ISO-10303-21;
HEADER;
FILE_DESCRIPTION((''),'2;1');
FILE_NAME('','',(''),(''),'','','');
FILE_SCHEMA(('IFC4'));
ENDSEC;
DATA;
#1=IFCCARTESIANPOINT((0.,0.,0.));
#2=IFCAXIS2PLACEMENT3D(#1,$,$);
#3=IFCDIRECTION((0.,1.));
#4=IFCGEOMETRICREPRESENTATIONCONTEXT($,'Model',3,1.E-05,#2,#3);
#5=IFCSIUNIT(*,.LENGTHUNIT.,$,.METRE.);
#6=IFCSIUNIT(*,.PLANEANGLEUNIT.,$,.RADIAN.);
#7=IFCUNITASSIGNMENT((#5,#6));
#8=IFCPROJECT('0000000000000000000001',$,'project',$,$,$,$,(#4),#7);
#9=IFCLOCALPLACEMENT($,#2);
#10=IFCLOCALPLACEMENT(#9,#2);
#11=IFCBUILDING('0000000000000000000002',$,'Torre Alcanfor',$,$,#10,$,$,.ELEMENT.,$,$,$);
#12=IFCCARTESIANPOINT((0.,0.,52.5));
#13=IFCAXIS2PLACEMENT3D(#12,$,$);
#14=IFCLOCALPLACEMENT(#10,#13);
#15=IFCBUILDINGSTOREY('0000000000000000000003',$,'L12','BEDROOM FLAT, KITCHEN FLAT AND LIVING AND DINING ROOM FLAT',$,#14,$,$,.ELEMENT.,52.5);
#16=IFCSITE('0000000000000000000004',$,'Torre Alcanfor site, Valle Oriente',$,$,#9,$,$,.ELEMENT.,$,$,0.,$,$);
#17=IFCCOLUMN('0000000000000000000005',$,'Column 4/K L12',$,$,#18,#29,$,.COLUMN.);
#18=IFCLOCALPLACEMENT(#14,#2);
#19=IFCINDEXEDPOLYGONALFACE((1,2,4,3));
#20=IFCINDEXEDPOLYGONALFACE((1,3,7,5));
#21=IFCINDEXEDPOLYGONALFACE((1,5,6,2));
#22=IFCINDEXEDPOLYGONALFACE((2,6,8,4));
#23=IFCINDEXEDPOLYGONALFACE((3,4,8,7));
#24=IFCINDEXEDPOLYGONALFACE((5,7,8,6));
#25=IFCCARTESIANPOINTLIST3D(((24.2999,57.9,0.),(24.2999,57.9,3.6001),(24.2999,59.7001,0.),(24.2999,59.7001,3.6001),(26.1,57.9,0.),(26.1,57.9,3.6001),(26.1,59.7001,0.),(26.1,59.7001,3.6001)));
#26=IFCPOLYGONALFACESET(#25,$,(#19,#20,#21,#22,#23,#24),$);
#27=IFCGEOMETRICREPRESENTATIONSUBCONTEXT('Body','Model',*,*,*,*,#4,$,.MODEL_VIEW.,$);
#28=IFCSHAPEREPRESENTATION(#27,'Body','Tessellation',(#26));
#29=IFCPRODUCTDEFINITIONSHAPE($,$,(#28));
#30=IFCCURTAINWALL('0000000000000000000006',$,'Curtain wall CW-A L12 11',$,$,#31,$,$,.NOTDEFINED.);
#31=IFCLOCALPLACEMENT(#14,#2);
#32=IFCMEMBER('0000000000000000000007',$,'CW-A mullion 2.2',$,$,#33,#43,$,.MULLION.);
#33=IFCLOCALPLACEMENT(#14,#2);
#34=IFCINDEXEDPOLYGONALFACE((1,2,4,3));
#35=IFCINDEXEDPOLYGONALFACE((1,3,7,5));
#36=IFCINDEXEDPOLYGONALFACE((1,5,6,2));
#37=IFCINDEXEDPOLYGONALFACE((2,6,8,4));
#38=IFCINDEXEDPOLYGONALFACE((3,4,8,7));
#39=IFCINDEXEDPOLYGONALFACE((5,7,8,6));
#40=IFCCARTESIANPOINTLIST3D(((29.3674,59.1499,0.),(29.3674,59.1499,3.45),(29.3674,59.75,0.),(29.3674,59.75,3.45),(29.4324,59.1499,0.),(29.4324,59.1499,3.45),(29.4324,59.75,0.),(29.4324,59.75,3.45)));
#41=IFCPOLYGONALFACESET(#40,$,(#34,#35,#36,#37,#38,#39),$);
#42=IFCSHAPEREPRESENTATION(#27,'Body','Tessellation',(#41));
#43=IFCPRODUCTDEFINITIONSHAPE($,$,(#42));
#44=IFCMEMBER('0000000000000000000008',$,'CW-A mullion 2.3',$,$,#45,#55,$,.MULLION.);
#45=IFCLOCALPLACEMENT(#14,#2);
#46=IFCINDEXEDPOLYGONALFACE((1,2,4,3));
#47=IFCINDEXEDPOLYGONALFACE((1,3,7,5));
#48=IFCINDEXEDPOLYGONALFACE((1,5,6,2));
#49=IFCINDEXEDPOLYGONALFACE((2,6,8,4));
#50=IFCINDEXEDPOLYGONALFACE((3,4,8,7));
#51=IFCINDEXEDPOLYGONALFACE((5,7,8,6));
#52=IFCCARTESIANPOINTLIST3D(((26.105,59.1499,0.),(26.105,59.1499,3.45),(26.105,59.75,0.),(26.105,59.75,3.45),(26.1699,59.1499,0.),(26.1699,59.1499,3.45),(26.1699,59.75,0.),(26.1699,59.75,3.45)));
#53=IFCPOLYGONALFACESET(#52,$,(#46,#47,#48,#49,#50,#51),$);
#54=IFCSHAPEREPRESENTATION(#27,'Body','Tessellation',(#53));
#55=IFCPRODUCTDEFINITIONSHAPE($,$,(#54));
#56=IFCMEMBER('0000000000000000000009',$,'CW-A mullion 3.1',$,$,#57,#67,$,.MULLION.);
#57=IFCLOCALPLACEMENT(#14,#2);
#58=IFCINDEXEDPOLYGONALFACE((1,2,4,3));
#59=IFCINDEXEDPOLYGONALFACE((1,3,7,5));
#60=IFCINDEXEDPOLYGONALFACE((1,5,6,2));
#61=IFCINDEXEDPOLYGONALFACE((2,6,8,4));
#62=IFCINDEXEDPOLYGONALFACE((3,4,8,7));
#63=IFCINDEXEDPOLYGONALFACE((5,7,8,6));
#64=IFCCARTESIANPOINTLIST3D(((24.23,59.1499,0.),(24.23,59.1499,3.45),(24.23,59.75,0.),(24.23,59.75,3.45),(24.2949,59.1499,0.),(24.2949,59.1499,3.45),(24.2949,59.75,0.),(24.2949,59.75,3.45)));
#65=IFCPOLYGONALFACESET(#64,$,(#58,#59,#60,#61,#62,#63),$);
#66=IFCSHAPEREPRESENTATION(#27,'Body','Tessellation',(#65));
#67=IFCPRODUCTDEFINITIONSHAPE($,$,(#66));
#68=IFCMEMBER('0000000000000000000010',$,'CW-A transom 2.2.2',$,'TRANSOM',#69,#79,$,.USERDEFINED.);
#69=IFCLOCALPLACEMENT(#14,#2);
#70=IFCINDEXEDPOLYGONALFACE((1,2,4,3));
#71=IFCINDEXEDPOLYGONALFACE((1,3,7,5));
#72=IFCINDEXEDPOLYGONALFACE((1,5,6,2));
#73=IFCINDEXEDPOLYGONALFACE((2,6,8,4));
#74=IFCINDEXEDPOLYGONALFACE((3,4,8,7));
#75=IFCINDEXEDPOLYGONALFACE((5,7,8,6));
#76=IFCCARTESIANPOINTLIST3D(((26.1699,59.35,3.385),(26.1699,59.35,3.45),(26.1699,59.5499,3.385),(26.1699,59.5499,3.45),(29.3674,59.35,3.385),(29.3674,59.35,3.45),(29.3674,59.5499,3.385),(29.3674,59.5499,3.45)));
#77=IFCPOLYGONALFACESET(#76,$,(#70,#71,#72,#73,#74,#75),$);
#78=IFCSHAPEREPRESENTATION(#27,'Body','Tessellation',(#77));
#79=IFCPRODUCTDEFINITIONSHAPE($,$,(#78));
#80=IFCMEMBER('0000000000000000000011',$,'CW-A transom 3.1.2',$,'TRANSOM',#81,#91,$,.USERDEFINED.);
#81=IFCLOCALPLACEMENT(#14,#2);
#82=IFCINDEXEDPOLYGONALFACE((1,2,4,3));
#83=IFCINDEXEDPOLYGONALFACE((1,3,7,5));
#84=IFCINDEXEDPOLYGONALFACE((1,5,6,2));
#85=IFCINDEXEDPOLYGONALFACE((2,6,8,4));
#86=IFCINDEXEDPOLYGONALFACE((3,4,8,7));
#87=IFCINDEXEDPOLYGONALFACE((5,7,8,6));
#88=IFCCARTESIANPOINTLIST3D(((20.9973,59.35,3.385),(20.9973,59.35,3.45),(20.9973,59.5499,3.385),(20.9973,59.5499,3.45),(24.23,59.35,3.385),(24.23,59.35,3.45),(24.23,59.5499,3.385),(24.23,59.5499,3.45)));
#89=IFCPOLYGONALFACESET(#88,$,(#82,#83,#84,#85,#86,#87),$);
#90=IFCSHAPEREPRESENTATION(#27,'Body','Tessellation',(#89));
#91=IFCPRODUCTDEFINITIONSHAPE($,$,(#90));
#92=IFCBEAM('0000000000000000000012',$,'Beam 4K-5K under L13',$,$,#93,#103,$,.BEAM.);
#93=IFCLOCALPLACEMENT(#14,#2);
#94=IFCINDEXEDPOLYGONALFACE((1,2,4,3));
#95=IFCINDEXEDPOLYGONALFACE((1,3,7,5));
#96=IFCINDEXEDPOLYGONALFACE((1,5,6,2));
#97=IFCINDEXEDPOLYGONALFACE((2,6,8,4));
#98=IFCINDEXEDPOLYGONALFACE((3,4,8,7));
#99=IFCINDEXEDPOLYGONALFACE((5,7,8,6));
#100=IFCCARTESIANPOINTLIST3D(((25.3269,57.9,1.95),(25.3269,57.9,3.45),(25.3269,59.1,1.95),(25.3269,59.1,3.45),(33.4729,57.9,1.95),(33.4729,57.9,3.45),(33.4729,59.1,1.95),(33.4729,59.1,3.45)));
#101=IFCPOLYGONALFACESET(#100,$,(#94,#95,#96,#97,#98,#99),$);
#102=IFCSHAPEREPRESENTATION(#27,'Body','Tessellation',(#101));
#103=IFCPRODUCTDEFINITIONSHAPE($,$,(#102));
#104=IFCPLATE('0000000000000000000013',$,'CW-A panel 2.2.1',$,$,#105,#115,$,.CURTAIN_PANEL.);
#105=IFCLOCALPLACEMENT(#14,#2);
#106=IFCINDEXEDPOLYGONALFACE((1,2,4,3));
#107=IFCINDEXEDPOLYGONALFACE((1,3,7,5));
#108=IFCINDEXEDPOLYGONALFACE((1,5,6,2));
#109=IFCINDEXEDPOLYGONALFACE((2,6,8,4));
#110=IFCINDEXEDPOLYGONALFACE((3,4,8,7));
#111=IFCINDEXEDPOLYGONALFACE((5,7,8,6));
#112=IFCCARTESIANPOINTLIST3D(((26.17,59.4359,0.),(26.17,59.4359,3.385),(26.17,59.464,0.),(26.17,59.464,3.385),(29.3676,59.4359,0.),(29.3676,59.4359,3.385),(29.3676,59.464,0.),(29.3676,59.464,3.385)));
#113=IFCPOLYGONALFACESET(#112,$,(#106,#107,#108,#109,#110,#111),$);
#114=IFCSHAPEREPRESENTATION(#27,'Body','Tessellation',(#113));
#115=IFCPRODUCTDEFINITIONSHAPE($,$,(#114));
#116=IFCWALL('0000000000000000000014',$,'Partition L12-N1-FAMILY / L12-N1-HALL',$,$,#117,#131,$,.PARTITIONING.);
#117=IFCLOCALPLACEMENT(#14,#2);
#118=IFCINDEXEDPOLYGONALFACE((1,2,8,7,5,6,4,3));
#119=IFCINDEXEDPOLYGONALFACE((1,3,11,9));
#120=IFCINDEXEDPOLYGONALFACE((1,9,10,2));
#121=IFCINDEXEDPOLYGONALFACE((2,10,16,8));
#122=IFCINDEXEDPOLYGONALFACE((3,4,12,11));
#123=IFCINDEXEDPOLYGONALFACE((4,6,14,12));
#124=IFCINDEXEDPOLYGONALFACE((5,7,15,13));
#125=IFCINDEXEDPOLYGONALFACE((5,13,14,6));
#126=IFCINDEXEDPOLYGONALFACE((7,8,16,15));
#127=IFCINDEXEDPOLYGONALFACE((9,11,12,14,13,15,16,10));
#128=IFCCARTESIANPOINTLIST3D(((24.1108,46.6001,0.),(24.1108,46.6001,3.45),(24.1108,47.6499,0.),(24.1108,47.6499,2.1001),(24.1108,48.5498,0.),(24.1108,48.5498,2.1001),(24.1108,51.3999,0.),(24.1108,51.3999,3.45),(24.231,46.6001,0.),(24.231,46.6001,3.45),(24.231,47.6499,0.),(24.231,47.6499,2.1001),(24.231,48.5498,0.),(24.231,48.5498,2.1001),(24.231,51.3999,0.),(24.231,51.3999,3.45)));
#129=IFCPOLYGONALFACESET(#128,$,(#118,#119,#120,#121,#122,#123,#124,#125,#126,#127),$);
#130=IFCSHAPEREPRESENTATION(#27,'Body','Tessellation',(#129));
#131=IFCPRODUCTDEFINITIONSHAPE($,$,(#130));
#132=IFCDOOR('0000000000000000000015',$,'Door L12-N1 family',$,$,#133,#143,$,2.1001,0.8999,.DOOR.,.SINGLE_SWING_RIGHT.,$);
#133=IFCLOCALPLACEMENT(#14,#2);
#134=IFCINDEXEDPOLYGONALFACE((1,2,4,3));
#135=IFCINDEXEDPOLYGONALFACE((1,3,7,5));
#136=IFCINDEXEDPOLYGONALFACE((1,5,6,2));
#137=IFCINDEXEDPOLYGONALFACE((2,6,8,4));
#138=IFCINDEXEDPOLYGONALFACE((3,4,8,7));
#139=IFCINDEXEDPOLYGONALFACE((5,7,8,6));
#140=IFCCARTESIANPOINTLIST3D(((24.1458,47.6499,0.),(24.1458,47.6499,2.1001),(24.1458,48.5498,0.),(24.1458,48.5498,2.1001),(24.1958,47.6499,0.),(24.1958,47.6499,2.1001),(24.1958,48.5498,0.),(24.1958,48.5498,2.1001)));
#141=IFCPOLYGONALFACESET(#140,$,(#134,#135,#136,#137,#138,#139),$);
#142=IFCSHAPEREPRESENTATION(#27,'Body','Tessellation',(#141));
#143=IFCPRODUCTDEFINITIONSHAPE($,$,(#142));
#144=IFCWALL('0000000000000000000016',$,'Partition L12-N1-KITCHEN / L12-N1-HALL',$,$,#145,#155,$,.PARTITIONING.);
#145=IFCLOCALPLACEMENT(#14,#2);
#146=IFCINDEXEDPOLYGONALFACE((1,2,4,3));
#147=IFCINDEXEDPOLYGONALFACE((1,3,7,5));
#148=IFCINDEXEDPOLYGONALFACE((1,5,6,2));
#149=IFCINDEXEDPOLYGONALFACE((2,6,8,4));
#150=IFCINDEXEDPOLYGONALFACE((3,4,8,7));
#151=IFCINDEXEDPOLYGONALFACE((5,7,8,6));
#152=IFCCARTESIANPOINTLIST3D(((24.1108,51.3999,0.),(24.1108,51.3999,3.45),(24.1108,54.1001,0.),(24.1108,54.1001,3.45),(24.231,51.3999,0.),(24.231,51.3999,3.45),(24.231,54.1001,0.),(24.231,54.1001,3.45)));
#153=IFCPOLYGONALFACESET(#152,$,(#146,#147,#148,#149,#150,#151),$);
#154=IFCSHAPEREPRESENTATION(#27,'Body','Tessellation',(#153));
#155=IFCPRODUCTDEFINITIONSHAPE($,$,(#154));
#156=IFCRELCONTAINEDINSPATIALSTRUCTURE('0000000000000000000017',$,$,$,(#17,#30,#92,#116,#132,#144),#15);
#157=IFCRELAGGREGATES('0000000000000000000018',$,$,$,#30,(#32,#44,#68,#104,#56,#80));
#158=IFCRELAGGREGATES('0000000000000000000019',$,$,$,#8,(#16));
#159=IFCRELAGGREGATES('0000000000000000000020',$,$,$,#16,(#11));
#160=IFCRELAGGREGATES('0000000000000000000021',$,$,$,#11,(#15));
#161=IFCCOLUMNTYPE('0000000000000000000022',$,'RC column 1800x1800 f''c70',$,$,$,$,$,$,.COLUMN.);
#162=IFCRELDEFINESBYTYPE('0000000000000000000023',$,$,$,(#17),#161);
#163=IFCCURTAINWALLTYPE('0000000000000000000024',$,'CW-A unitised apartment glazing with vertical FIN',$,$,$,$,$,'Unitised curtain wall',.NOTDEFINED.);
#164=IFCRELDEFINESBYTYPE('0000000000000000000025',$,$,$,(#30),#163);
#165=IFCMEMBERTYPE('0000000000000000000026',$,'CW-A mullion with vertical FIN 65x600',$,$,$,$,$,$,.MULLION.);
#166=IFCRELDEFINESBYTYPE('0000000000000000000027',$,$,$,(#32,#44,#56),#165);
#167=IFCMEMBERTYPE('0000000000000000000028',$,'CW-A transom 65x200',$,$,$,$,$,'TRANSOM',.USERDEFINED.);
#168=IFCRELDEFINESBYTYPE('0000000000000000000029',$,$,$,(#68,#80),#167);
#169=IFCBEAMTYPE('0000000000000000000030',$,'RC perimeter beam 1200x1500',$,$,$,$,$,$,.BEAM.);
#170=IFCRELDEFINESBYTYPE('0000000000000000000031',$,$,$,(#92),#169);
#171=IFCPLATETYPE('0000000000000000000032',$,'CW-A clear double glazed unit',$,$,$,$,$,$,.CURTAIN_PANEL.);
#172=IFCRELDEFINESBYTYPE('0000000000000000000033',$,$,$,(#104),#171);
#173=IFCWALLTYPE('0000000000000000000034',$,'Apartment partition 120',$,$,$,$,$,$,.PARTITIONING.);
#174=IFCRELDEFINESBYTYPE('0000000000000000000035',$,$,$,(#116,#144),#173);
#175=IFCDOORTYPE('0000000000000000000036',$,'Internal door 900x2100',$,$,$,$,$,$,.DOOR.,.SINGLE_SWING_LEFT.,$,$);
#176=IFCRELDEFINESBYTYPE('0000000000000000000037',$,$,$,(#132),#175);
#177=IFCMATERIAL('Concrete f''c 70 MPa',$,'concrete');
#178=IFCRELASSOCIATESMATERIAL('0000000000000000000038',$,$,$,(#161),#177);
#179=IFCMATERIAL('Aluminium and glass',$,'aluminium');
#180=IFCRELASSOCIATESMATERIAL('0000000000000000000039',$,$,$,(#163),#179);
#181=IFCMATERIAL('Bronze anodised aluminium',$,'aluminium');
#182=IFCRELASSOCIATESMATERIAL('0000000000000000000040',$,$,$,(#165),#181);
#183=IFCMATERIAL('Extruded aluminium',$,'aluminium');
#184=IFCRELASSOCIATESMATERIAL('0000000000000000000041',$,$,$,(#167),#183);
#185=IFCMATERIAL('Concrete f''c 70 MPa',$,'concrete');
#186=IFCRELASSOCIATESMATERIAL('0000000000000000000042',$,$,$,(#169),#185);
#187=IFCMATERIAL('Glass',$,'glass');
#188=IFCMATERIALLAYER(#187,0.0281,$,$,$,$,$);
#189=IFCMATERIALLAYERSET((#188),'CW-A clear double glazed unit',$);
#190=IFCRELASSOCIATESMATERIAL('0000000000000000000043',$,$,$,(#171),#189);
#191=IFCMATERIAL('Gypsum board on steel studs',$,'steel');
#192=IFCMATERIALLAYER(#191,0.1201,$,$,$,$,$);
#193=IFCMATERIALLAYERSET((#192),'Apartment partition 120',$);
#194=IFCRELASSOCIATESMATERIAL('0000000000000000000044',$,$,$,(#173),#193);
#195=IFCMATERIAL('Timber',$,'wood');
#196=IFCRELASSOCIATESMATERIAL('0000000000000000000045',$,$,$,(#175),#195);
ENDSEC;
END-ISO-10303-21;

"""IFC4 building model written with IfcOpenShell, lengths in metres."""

from ifc_helpers import new_model, si_unit, direction, frame, frame_2d, origin, origin_2d, place, context, subcontext, project, spatial, rectangle, extrude, material, layer, layer_set, material_profile, profile_set, type_object, element, fill, aggregate, save


model = new_model("IFC4")

# Units and contexts
model_context = context("Model", 3, precision=1e-05, world=origin(), true_north=direction((0.0, 1.0)))
body_context = subcontext(model_context, "Body", "Model", "MODEL_VIEW")
ifc_project = project(units=[si_unit("LENGTHUNIT", "METRE"), si_unit("PLANEANGLEUNIT", "RADIAN")], contexts=[model_context])

# Site, building, storey
site_placement = place(None, origin())
site = spatial("IfcSite", under=ifc_project, at=site_placement, Name="Torre Alcanfor site, Valle Oriente", CompositionType="ELEMENT", RefElevation=0.0)
building_placement = place(site_placement, origin())
building = spatial("IfcBuilding", under=site, at=building_placement, Name="Torre Alcanfor", CompositionType="ELEMENT")
storey_placement = place(building_placement, frame((0.0, 0.0, 52.5)))
storey = spatial("IfcBuildingStorey", under=building, at=storey_placement, Name="L12", Description="BEDROOM FLAT, KITCHEN FLAT AND LIVING AND DINING ROOM FLAT", CompositionType="ELEMENT", Elevation=52.5)

# Column
ifc_material_1 = material(Name="Concrete f'c 70 MPa", Category="concrete")
ifc_material_profile_1 = material_profile(ifc_material_1, rectangle(XDim=1.8, YDim=1.8, at=origin_2d()), Name="1800x1800")
ifc_profile_set_1 = profile_set([ifc_material_profile_1], Name="Concrete f'c 70 MPa")
column_type = type_object("IfcColumnType", Name="RC column 1800x1800 f'c70", PredefinedType="COLUMN", material=ifc_profile_set_1)
column_placement = place(storey_placement, frame((25.2, 58.8, 0.0), z_axis=(0.0, 0.0, 1.0), x_axis=(1.0, 0.0, 0.0)))
element("IfcColumn", 1, at=column_placement, inside=storey, type_object=column_type, Name="Column 4/K L12", PredefinedType="COLUMN", context=body_context, shape_type="SweptSolid", body=[
    extrude(rectangle(XDim=1.8, YDim=1.8, at=origin_2d()), origin(), (0.0, 0.0, 1.0), 3.6001),
])

# Curtain wall, members
ifc_material_2 = material(Name="Aluminium and glass", Category="aluminium")
curtain_wall_type = type_object("IfcCurtainWallType", Name="CW-A unitised apartment glazing with vertical FIN", ElementType="Unitised curtain wall", PredefinedType="NOTDEFINED", material=ifc_material_2)
curtain_wall_placement = place(storey_placement, origin())
curtain_wall = element("IfcCurtainWall", 2, at=curtain_wall_placement, inside=storey, type_object=curtain_wall_type, Name="Curtain wall CW-A L12 11", PredefinedType="NOTDEFINED")
ifc_material_3 = material(Name="Bronze anodised aluminium", Category="aluminium")
ifc_material_profile_2 = material_profile(ifc_material_3, rectangle(XDim=0.6001, YDim=0.0649, at=origin_2d()), Name="CW-A mullion 65x600")
ifc_profile_set_2 = profile_set([ifc_material_profile_2], Name="Bronze anodised aluminium")
member_type_1 = type_object("IfcMemberType", Name="CW-A mullion with vertical FIN 65x600", PredefinedType="MULLION", material=ifc_profile_set_2)
member_1_placement = place(storey_placement, frame((29.3999, 59.45, 0.0), z_axis=(0.0, 0.0, 1.0), x_axis=(0.0, -1.0, 0.0)))
member_1 = element("IfcMember", 3, at=member_1_placement, type_object=member_type_1, Name="CW-A mullion 2.2", PredefinedType="MULLION", context=body_context, shape_type="SweptSolid", body=[
    extrude(rectangle(XDim=0.6001, YDim=0.0649, at=origin_2d()), origin(), (0.0, 0.0, 1.0), 3.45),
])
member_2_placement = place(storey_placement, frame((26.1375, 59.45, 0.0), z_axis=(0.0, 0.0, 1.0), x_axis=(0.0, -1.0, 0.0)))
member_2 = element("IfcMember", 4, at=member_2_placement, type_object=member_type_1, Name="CW-A mullion 2.3", PredefinedType="MULLION", context=body_context, shape_type="SweptSolid", body=[
    extrude(rectangle(XDim=0.6001, YDim=0.0649, at=origin_2d()), origin(), (0.0, 0.0, 1.0), 3.45),
])
member_3_placement = place(storey_placement, frame((24.2625, 59.45, 0.0), z_axis=(0.0, 0.0, 1.0), x_axis=(0.0, -1.0, 0.0)))
member_3 = element("IfcMember", 5, at=member_3_placement, type_object=member_type_1, Name="CW-A mullion 3.1", PredefinedType="MULLION", context=body_context, shape_type="SweptSolid", body=[
    extrude(rectangle(XDim=0.6001, YDim=0.0649, at=origin_2d()), origin(), (0.0, 0.0, 1.0), 3.45),
])
ifc_material_4 = material(Name="Extruded aluminium", Category="aluminium")
ifc_material_profile_3 = material_profile(ifc_material_4, rectangle(XDim=0.2, YDim=0.0649, at=origin_2d()), Name="CW-A transom 200x65")
ifc_profile_set_3 = profile_set([ifc_material_profile_3], Name="Extruded aluminium")
member_type_2 = type_object("IfcMemberType", Name="CW-A transom 65x200", ElementType="TRANSOM", PredefinedType="USERDEFINED", material=ifc_profile_set_3)
member_4_placement = place(storey_placement, frame((29.3674, 59.45, 3.4175), z_axis=(-1.0, 0.0, 0.0), x_axis=(0.0, -1.0, 0.0)))
member_4 = element("IfcMember", 6, at=member_4_placement, type_object=member_type_2, Name="CW-A transom 2.2.2", ObjectType="TRANSOM", PredefinedType="USERDEFINED", context=body_context, shape_type="SweptSolid", body=[
    extrude(rectangle(XDim=0.2, YDim=0.0649, at=origin_2d()), origin(), (0.0, 0.0, 1.0), 3.1975),
])
member_5_placement = place(storey_placement, frame((24.23, 59.45, 3.4175), z_axis=(-1.0, 0.0, 0.0), x_axis=(0.0, -1.0, 0.0)))
member_5 = element("IfcMember", 7, at=member_5_placement, type_object=member_type_2, Name="CW-A transom 3.1.2", ObjectType="TRANSOM", PredefinedType="USERDEFINED", context=body_context, shape_type="SweptSolid", body=[
    extrude(rectangle(XDim=0.2, YDim=0.0649, at=origin_2d()), origin(), (0.0, 0.0, 1.0), 3.2327),
])

# Beam
ifc_material_5 = material(Name="Concrete f'c 70 MPa", Category="concrete")
ifc_material_profile_4 = material_profile(ifc_material_5, rectangle(XDim=1.2, YDim=1.5, at=origin_2d()), Name="1200x1500")
ifc_profile_set_4 = profile_set([ifc_material_profile_4], Name="Concrete f'c 70 MPa")
beam_type = type_object("IfcBeamType", Name="RC perimeter beam 1200x1500", PredefinedType="BEAM", material=ifc_profile_set_4)
beam_placement = place(storey_placement, frame((25.3269, 58.5, 2.7), z_axis=(1.0, 0.0, 0.0), x_axis=(0.0, 1.0, 0.0)))
element("IfcBeam", 8, at=beam_placement, inside=storey, type_object=beam_type, Name="Beam 4K-5K under L13", PredefinedType="BEAM", context=body_context, shape_type="SweptSolid", body=[
    extrude(rectangle(XDim=1.2, YDim=1.5, at=origin_2d()), origin(), (0.0, 0.0, 1.0), 8.146),
])

# Plate
ifc_material_6 = material(Name="Glass", Category="glass")
ifc_layer_1 = layer(ifc_material_6, 0.0281)
ifc_layer_set_1 = layer_set([ifc_layer_1], Name="CW-A clear double glazed unit")
plate_type = type_object("IfcPlateType", Name="CW-A clear double glazed unit", PredefinedType="CURTAIN_PANEL", material=ifc_layer_set_1)
plate_placement = place(storey_placement, frame((27.7688, 59.45, 0.0), z_axis=(0.0, 0.0, 1.0), x_axis=(-1.0, 0.0, 0.0)))
plate = element("IfcPlate", 9, at=plate_placement, type_object=plate_type, Name="CW-A panel 2.2.1", PredefinedType="CURTAIN_PANEL", context=body_context, shape_type="SweptSolid", body=[
    extrude(rectangle(XDim=3.1975, YDim=0.0281, at=origin_2d()), origin(), (0.0, 0.0, 1.0), 3.385),
])
aggregate(curtain_wall, [member_1, member_2, member_4, plate, member_3, member_5])

# Wall, opening, door
ifc_material_7 = material(Name="Gypsum board on steel studs", Category="steel")
ifc_layer_2 = layer(ifc_material_7, 0.1201)
ifc_layer_set_2 = layer_set([ifc_layer_2], Name="Apartment partition 120")
wall_type = type_object("IfcWallType", Name="Apartment partition 120", PredefinedType="PARTITIONING", material=ifc_layer_set_2)
wall_1_placement = place(storey_placement, frame((24.1709, 51.3999, 0.0), z_axis=(0.0, 0.0, 1.0), x_axis=(0.0, -1.0, 0.0)))
wall_1 = element("IfcWall", 10, at=wall_1_placement, inside=storey, type_object=wall_type, Name="Partition L12-N1-FAMILY / L12-N1-HALL", PredefinedType="PARTITIONING", context=body_context, shape_type="SweptSolid", body=[
    extrude(rectangle(XDim=4.7998, YDim=0.1201, at=frame_2d((2.3999, 0.0))), origin(), (0.0, 0.0, 1.0), 3.45),
])
opening_1_placement = place(wall_1_placement, frame((2.8501, 0.0, 0.0)))
opening_1 = element("IfcOpeningElement", 11, at=opening_1_placement, cuts=wall_1, PredefinedType="OPENING", context=body_context, shape_type="SweptSolid", body=[
    extrude(rectangle(XDim=0.8999, YDim=2.1001, at=frame_2d((0.45, 1.05))), frame((0.0, 0.0701, 0.0), z_axis=(0.0, -1.0, 0.0), x_axis=(1.0, 0.0, 0.0)), (0.0, 0.0, 1.0), 0.1401),
])
ifc_material_8 = material(Name="Timber", Category="wood")
door_type = type_object("IfcDoorType", Name="Internal door 900x2100", OperationType="SINGLE_SWING_LEFT", PredefinedType="DOOR", material=ifc_material_8)
door_1_placement = place(opening_1_placement, origin())
door_1 = element("IfcDoor", 12, at=door_1_placement, inside=storey, type_object=door_type, Name="Door L12-N1 family", OperationType="SINGLE_SWING_RIGHT", OverallHeight=2.1001, OverallWidth=0.8999, PredefinedType="DOOR", context=body_context, shape_type="SweptSolid", body=[
    extrude(rectangle(XDim=0.8999, YDim=2.1001, at=frame_2d((0.45, 1.05))), frame((0.0, 0.0249, 0.0), z_axis=(0.0, -1.0, 0.0), x_axis=(1.0, 0.0, 0.0)), (0.0, 0.0, 1.0), 0.05),
])
fill(opening_1, door_1)

# Wall
wall_2_placement = place(storey_placement, frame((24.1709, 54.1001, 0.0), z_axis=(0.0, 0.0, 1.0), x_axis=(0.0, -1.0, 0.0)))
element("IfcWall", 13, at=wall_2_placement, inside=storey, type_object=wall_type, Name="Partition L12-N1-KITCHEN / L12-N1-HALL", PredefinedType="PARTITIONING", context=body_context, shape_type="SweptSolid", body=[
    extrude(rectangle(XDim=2.7002, YDim=0.1201, at=frame_2d((1.3501, 0.0))), origin(), (0.0, 0.0, 1.0), 3.45),
])

save(model, "model.ifc")
